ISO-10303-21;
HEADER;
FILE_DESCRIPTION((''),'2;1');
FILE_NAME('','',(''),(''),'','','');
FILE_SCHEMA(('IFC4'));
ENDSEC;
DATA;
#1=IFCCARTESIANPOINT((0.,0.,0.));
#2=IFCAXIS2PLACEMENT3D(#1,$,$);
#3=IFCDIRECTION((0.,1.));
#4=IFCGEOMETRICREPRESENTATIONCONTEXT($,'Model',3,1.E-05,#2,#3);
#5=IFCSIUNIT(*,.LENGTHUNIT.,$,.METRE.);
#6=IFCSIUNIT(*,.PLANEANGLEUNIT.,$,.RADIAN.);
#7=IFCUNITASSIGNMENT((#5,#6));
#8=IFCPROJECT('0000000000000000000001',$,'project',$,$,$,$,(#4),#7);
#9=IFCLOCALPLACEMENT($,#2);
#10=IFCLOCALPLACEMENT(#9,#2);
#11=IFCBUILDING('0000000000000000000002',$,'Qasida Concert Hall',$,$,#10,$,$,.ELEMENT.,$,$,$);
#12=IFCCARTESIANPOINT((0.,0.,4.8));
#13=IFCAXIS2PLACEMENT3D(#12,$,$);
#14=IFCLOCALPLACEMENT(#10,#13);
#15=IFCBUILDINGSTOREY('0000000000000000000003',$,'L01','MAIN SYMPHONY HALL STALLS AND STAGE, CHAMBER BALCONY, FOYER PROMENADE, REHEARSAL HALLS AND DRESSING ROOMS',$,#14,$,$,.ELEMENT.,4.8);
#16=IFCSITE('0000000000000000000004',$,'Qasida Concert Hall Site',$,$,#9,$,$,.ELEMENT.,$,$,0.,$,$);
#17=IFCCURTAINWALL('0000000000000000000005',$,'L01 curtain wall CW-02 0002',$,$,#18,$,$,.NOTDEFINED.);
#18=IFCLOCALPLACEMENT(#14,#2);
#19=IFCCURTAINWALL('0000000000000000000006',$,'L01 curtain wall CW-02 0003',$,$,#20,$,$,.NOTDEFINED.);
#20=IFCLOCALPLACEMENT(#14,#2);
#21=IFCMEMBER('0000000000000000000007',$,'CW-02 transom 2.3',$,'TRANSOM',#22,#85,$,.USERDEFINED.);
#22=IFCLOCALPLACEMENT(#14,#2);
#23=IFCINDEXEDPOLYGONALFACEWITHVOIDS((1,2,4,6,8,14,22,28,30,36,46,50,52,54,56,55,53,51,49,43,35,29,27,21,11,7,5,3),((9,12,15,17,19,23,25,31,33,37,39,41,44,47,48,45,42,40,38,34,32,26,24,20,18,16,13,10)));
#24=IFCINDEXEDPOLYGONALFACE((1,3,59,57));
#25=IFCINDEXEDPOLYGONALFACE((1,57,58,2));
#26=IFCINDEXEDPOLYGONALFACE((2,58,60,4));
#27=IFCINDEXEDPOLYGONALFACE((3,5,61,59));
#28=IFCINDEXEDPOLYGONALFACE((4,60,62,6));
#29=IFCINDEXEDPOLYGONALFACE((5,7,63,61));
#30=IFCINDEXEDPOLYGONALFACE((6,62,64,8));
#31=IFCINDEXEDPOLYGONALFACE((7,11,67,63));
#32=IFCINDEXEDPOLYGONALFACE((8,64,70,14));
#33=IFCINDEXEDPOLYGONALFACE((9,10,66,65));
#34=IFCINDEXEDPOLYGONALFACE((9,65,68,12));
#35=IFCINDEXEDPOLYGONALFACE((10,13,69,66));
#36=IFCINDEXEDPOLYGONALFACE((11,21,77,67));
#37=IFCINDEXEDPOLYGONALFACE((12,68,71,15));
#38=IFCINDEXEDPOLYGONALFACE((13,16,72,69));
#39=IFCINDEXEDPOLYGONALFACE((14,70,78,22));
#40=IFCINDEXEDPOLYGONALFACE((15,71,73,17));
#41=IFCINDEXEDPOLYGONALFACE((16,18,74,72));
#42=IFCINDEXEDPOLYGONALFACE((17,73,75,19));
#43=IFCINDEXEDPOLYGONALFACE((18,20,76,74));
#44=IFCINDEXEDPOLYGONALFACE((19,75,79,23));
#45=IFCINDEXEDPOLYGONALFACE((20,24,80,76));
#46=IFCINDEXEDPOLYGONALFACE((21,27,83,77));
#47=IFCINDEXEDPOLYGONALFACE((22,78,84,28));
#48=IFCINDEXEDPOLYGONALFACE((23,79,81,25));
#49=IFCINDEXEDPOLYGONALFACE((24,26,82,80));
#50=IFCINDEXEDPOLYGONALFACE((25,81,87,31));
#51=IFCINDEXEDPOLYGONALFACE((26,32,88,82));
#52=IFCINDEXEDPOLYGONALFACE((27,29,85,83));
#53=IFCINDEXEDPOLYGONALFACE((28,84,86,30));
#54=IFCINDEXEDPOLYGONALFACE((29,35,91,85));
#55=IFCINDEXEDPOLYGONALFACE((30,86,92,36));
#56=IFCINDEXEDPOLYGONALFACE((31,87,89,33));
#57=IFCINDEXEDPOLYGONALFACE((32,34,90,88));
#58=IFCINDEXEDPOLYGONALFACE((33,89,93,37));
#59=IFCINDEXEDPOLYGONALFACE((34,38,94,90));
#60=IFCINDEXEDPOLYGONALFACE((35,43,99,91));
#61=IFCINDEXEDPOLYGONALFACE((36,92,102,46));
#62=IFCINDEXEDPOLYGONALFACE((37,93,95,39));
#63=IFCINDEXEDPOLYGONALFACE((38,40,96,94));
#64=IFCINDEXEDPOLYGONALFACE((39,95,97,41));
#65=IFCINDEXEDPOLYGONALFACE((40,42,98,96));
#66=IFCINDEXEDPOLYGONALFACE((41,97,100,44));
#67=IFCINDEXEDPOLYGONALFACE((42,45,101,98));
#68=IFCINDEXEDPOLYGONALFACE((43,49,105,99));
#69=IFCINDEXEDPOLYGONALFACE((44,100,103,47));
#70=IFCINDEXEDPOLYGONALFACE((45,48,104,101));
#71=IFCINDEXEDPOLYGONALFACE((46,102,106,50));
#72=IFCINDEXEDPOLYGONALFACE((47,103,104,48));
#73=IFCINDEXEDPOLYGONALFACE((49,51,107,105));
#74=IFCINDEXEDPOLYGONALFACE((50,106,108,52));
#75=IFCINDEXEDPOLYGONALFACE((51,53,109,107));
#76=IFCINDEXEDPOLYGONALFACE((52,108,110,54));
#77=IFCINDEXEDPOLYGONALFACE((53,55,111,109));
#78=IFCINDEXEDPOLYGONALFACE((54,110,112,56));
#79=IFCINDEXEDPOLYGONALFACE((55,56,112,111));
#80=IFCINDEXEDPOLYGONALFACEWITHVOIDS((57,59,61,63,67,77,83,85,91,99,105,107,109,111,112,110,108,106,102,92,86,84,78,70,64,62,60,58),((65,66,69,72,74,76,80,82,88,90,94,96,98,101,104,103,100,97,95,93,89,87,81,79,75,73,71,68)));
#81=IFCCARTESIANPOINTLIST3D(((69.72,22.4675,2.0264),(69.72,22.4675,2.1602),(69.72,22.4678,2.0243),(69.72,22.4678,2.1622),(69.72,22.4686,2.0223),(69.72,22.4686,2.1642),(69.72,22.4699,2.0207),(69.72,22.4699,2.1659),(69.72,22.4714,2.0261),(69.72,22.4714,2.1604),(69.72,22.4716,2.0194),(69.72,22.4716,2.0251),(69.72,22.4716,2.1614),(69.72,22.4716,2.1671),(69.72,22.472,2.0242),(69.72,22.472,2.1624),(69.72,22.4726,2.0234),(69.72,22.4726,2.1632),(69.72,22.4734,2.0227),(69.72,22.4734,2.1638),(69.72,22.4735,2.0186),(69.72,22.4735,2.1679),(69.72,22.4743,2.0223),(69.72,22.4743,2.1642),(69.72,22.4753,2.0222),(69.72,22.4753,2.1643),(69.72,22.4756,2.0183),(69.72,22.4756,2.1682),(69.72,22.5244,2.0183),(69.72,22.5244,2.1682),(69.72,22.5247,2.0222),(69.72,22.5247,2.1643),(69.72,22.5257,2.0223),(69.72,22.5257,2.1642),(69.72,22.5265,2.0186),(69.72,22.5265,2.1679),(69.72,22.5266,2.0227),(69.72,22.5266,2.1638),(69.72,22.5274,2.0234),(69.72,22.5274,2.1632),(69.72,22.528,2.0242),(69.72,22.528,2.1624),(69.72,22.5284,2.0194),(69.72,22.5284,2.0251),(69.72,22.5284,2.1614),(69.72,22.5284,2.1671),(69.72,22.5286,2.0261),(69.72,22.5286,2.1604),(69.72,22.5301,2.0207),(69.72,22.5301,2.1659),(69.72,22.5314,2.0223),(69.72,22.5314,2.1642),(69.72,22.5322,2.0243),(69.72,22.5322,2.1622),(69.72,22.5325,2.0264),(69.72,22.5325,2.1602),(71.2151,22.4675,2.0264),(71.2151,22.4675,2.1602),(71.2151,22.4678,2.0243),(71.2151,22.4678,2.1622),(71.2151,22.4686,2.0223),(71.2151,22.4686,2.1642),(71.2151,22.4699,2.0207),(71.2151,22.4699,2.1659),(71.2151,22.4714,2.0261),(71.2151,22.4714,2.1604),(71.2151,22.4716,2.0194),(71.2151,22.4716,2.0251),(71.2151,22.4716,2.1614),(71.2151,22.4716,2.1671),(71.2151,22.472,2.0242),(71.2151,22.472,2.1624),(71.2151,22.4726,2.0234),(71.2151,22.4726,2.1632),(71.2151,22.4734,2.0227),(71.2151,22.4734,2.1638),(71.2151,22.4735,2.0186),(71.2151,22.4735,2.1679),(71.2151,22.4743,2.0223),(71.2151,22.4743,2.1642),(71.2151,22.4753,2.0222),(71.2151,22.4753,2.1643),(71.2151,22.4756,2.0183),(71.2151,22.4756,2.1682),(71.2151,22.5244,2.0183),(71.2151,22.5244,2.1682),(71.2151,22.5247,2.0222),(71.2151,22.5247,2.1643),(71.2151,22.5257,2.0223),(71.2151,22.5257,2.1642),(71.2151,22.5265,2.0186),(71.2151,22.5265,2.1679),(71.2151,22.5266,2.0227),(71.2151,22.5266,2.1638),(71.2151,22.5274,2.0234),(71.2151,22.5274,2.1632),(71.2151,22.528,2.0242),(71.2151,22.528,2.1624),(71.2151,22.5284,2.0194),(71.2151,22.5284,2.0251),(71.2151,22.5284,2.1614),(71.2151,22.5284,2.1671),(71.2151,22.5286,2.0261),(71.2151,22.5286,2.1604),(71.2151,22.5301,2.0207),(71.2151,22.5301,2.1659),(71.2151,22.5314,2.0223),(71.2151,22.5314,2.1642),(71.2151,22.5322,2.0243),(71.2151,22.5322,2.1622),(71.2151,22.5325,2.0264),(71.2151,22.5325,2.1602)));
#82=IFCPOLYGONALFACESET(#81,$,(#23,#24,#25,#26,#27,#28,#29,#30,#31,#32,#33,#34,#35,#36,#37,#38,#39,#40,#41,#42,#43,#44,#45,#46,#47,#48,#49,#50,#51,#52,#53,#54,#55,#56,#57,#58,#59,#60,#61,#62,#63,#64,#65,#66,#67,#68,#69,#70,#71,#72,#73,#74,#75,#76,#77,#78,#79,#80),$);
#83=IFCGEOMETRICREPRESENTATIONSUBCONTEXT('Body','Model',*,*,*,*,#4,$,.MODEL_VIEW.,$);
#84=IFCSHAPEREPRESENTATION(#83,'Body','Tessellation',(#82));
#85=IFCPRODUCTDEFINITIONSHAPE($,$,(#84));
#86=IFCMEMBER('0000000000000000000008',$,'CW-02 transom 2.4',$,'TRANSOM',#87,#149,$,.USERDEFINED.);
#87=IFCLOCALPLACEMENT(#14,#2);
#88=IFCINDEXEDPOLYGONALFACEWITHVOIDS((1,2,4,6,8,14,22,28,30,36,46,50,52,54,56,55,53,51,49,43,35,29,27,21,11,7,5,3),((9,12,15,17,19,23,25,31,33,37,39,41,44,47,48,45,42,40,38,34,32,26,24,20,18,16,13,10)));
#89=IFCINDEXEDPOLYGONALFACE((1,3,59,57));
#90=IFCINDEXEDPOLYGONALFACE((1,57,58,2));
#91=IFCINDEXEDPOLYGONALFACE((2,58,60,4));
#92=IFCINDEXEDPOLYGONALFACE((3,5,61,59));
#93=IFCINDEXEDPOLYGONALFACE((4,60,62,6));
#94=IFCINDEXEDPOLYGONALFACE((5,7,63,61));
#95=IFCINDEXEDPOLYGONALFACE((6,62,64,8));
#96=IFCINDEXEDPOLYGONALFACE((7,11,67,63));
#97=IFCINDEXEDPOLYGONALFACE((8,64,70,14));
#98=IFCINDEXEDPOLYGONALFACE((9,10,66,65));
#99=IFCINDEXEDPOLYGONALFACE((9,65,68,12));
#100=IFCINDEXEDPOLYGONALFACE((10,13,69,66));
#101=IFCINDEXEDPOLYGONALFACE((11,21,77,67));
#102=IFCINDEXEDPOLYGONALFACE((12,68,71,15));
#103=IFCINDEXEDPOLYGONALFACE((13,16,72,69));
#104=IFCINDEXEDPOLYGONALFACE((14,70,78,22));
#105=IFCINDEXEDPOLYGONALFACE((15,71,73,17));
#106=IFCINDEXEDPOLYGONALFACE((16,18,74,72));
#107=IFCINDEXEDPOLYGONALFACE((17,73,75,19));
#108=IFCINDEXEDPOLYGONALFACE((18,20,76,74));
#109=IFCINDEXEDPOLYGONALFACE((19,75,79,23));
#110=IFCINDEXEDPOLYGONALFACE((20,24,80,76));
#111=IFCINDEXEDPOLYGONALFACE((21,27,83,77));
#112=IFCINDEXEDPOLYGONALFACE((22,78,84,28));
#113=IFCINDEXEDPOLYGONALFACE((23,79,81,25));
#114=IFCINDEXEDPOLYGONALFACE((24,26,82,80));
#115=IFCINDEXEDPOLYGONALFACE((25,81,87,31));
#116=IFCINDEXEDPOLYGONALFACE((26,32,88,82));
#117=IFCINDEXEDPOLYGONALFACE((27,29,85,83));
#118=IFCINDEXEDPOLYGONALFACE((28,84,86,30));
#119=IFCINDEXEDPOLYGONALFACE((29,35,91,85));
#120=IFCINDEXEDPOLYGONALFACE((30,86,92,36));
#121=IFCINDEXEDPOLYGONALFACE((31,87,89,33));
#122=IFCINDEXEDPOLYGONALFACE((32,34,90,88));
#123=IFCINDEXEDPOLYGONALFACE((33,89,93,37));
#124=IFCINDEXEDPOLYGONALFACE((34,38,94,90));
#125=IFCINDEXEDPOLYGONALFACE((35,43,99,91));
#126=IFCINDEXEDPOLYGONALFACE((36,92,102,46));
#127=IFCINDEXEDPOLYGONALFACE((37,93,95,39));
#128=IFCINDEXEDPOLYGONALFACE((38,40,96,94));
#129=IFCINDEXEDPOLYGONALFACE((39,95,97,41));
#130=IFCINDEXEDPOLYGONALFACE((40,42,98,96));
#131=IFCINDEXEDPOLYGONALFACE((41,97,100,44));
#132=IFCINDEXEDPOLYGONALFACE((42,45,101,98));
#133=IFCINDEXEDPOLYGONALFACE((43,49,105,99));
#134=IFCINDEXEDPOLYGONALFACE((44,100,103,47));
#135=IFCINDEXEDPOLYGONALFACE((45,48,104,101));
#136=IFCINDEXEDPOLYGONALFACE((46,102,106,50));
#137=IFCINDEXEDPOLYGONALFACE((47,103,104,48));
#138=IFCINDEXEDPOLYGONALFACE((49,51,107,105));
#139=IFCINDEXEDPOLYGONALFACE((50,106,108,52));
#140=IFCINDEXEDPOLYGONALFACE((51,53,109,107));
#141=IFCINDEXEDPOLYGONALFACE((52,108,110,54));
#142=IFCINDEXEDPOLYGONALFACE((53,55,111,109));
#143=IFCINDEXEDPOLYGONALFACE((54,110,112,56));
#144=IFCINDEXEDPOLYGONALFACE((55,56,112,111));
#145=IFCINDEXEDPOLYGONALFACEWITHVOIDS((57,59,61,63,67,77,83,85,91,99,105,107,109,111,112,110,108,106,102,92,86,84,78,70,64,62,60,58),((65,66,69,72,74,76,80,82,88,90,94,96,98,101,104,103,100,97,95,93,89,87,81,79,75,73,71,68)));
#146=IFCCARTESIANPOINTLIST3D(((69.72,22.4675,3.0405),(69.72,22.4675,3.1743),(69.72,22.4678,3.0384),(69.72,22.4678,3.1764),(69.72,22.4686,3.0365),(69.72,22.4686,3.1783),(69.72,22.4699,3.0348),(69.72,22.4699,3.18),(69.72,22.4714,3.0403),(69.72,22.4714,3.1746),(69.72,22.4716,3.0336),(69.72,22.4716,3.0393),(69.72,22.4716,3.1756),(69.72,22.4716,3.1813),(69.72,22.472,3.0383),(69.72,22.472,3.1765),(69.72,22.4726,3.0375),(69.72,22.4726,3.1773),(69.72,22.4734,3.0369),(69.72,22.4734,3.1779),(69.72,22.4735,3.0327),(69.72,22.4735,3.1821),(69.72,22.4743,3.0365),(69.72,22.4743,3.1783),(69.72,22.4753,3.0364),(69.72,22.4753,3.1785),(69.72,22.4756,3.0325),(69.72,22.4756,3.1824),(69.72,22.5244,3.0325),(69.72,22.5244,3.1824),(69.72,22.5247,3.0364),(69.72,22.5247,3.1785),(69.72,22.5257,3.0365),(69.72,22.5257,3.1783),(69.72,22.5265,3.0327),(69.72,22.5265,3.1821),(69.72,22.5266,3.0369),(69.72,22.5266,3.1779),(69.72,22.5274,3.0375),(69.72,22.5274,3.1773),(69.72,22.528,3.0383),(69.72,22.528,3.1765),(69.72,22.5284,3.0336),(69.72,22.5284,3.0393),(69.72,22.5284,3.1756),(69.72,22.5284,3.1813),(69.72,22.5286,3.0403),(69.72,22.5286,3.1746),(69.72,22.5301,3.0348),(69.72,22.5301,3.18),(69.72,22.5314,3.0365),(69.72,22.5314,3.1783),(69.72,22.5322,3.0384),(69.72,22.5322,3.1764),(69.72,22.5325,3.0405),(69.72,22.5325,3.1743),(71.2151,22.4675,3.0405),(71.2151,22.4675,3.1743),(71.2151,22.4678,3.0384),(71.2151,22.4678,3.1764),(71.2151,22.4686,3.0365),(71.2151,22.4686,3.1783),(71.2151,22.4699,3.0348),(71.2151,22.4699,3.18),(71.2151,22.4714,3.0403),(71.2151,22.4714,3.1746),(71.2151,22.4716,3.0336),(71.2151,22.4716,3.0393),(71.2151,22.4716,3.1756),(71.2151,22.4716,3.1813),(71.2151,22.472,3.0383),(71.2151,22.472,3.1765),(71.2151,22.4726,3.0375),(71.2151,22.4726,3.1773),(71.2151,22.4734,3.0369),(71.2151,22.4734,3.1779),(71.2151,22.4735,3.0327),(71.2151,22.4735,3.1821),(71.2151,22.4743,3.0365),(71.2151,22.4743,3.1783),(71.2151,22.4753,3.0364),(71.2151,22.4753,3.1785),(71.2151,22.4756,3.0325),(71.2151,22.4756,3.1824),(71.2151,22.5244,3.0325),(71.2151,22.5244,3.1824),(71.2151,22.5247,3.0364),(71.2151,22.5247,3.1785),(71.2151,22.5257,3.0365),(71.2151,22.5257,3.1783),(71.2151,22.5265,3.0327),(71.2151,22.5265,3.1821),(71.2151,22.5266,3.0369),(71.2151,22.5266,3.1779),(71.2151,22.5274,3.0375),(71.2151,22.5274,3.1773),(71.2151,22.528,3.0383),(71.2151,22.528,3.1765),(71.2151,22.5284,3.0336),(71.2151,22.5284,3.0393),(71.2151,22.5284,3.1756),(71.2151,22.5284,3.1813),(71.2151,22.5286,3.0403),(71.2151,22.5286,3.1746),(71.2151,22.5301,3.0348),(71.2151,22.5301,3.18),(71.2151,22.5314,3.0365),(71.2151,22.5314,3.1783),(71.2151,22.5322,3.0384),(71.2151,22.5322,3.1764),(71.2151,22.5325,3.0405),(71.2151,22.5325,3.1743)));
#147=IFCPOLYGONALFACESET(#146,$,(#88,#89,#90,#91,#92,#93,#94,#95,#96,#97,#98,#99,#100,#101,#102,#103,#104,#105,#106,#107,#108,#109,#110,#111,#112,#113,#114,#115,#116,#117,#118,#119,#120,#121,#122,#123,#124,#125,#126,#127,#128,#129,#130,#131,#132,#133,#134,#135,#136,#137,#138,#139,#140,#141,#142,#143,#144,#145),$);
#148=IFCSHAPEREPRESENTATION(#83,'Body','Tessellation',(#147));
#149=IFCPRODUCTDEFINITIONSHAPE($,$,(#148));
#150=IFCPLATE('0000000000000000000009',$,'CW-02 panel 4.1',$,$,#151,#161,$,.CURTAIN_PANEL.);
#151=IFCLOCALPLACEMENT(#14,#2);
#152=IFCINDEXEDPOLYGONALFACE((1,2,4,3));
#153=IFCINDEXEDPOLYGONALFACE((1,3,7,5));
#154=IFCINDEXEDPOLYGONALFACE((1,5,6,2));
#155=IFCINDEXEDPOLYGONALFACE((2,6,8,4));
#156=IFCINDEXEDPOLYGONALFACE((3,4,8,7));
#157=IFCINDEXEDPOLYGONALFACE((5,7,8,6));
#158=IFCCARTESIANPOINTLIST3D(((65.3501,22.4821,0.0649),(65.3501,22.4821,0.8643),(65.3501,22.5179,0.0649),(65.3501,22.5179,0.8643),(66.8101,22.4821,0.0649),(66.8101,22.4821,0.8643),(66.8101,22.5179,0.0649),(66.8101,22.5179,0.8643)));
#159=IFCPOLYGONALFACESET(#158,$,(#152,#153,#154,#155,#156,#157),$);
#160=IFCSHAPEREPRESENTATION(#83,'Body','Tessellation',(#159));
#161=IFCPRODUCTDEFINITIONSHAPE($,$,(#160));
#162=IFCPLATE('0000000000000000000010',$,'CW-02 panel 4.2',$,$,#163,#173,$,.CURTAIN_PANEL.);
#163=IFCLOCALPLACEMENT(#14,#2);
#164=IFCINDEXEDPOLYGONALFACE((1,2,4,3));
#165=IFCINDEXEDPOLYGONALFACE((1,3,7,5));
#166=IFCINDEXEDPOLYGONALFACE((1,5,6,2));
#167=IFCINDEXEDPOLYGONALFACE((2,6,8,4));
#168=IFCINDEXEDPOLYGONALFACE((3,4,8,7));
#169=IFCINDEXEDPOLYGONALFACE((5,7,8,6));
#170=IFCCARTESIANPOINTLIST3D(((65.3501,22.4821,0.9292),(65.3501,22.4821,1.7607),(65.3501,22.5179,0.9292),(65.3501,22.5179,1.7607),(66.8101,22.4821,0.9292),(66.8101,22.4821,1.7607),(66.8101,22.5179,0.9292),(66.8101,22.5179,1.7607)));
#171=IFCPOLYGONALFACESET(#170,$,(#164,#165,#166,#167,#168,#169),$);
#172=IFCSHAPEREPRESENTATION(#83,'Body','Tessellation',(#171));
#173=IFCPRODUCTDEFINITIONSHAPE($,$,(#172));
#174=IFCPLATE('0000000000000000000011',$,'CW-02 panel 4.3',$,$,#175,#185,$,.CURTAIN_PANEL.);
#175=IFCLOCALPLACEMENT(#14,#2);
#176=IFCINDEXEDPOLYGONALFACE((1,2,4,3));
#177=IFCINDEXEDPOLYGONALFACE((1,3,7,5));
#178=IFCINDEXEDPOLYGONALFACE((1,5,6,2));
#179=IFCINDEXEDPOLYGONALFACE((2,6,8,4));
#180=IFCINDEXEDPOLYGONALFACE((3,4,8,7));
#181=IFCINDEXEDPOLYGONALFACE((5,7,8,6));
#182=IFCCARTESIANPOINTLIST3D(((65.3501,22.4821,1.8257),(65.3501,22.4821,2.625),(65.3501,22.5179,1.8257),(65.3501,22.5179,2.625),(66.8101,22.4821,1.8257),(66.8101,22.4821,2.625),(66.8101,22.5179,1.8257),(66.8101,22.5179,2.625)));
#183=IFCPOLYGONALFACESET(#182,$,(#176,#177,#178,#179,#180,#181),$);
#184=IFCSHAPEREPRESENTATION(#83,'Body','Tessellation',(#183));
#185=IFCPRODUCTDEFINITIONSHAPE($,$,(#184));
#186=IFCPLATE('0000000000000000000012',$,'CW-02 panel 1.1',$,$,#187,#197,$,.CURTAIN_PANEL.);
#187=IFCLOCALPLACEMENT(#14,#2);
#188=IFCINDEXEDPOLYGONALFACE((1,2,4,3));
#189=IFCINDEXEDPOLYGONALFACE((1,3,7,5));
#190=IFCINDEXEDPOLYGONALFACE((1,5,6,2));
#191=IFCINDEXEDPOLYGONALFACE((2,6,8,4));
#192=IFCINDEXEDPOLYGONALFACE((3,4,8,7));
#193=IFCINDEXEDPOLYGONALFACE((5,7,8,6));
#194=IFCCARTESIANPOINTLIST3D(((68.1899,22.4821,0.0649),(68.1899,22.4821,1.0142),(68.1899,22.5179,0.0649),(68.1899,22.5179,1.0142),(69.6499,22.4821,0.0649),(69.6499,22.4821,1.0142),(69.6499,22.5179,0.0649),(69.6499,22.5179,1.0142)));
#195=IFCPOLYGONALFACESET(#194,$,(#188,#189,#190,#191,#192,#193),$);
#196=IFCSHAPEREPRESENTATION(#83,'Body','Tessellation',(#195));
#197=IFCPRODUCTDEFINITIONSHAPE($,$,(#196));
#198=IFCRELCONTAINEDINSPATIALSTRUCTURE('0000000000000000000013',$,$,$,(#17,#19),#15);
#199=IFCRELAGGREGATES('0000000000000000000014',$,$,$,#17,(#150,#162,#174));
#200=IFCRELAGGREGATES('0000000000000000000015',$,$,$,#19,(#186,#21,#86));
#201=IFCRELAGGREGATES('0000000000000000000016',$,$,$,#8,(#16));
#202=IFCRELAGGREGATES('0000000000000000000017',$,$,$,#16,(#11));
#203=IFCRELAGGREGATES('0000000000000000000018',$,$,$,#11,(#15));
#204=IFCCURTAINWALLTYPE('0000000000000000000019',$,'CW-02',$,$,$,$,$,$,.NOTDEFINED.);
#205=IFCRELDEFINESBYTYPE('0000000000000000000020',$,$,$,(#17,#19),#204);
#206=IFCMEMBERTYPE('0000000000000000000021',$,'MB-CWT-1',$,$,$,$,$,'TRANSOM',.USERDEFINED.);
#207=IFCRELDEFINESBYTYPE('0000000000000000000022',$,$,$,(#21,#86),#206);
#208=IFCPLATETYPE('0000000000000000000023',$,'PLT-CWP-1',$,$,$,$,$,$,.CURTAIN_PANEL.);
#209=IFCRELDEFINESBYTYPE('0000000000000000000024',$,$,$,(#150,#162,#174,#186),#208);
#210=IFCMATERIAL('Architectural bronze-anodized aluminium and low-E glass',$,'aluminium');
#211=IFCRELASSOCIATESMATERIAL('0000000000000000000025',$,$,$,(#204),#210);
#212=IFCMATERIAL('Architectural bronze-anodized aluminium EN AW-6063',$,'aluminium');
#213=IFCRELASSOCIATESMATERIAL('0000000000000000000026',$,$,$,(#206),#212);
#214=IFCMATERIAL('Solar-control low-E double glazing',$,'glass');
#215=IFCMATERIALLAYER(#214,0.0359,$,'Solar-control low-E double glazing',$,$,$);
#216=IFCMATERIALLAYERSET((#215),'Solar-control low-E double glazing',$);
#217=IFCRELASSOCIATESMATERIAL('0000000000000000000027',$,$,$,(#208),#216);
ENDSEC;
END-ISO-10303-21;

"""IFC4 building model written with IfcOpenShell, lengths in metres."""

from ifc_helpers import new_model, si_unit, direction, frame, origin, origin_2d, place, context, subcontext, project, spatial, rectangle, hollow_rectangle, extrude, material, layer, layer_set, material_profile, profile_set, type_object, element, aggregate, save


model = new_model("IFC4")

# Units and contexts
model_context = context("Model", 3, precision=1e-05, world=origin(), true_north=direction((0.0, 1.0)))
body_context = subcontext(model_context, "Body", "Model", "MODEL_VIEW")
ifc_project = project(units=[si_unit("LENGTHUNIT", "METRE"), si_unit("PLANEANGLEUNIT", "RADIAN")], contexts=[model_context])

# Site, building, storey
site_placement = place(None, origin())
site = spatial("IfcSite", under=ifc_project, at=site_placement, Name="Qasida Concert Hall Site", CompositionType="ELEMENT", RefElevation=0.0)
building_placement = place(site_placement, origin())
building = spatial("IfcBuilding", under=site, at=building_placement, Name="Qasida Concert Hall", CompositionType="ELEMENT")
storey_placement = place(building_placement, frame((0.0, 0.0, 4.8)))
storey = spatial("IfcBuildingStorey", under=building, at=storey_placement, Name="L01", Description="MAIN SYMPHONY HALL STALLS AND STAGE, CHAMBER BALCONY, FOYER PROMENADE, REHEARSAL HALLS AND DRESSING ROOMS", CompositionType="ELEMENT", Elevation=4.8)

# Curtain wall
ifc_material_1 = material(Name="Architectural bronze-anodized aluminium and low-E glass", Category="aluminium")
curtain_wall_type = type_object("IfcCurtainWallType", Name="CW-02", PredefinedType="NOTDEFINED", material=ifc_material_1)
curtain_wall_1_placement = place(storey_placement, origin())
curtain_wall_1 = element("IfcCurtainWall", 1, at=curtain_wall_1_placement, inside=storey, type_object=curtain_wall_type, Name="L01 curtain wall CW-02 0002", PredefinedType="NOTDEFINED")
ifc_material_2 = material(Name="Architectural bronze-anodized aluminium EN AW-6063", Category="aluminium")

# Curtain wall
curtain_wall_2_placement = place(storey_placement, origin())
curtain_wall_2 = element("IfcCurtainWall", 2, at=curtain_wall_2_placement, inside=storey, type_object=curtain_wall_type, Name="L01 curtain wall CW-02 0003", PredefinedType="NOTDEFINED")

# Members
ifc_material_profile_1 = material_profile(ifc_material_2, hollow_rectangle(XDim=0.0649, YDim=0.1499, WallThickness=0.0039, InnerFilletRadius=0.0039, OuterFilletRadius=0.0081, at=origin_2d()), Name="CWT 150x65x4")
ifc_profile_set_1 = profile_set([ifc_material_profile_1], Name="Architectural bronze-anodized aluminium EN AW-6063")
member_type_1 = type_object("IfcMemberType", Name="MB-CWT-1", ElementType="TRANSOM", PredefinedType="USERDEFINED", material=ifc_profile_set_1)
member_1_placement = place(storey_placement, frame((69.72, 22.5, 2.0933), z_axis=(1.0, 0.0, 0.0), x_axis=(0.0, 1.0, 0.0)))
member_1 = element("IfcMember", 3, at=member_1_placement, type_object=member_type_1, Name="CW-02 transom 2.3", ObjectType="TRANSOM", PredefinedType="USERDEFINED", context=body_context, shape_type="SweptSolid", body=[
    extrude(hollow_rectangle(XDim=0.0649, YDim=0.1499, WallThickness=0.0039, InnerFilletRadius=0.0039, OuterFilletRadius=0.0081, at=origin_2d()), origin(), (0.0, 0.0, 1.0), 1.4951),
])
member_2_placement = place(storey_placement, frame((69.72, 22.5, 3.1074), z_axis=(1.0, 0.0, 0.0), x_axis=(0.0, 1.0, 0.0)))
member_2 = element("IfcMember", 4, at=member_2_placement, type_object=member_type_1, Name="CW-02 transom 2.4", ObjectType="TRANSOM", PredefinedType="USERDEFINED", context=body_context, shape_type="SweptSolid", body=[
    extrude(hollow_rectangle(XDim=0.0649, YDim=0.1499, WallThickness=0.0039, InnerFilletRadius=0.0039, OuterFilletRadius=0.0081, at=origin_2d()), origin(), (0.0, 0.0, 1.0), 1.4951),
])

# Plates
ifc_material_3 = material(Name="Solar-control low-E double glazing", Category="glass")
ifc_layer_1 = layer(ifc_material_3, 0.0359, Name="Solar-control low-E double glazing")
ifc_layer_set_1 = layer_set([ifc_layer_1], Name="Solar-control low-E double glazing")
plate_type = type_object("IfcPlateType", Name="PLT-CWP-1", PredefinedType="CURTAIN_PANEL", material=ifc_layer_set_1)
plate_1_placement = place(storey_placement, frame((66.0801, 22.5, 0.0649), z_axis=(0.0, 0.0, 1.0), x_axis=(1.0, 0.0, 0.0)))
plate_1 = element("IfcPlate", 5, at=plate_1_placement, type_object=plate_type, Name="CW-02 panel 4.1", PredefinedType="CURTAIN_PANEL", context=body_context, shape_type="SweptSolid", body=[
    extrude(rectangle(XDim=1.46, YDim=0.0359, at=origin_2d()), origin(), (0.0, 0.0, 1.0), 0.7993),
])
plate_2_placement = place(storey_placement, frame((66.0801, 22.5, 0.9292), z_axis=(0.0, 0.0, 1.0), x_axis=(1.0, 0.0, 0.0)))
plate_2 = element("IfcPlate", 6, at=plate_2_placement, type_object=plate_type, Name="CW-02 panel 4.2", PredefinedType="CURTAIN_PANEL", context=body_context, shape_type="SweptSolid", body=[
    extrude(rectangle(XDim=1.46, YDim=0.0359, at=origin_2d()), origin(), (0.0, 0.0, 1.0), 0.8315),
])
plate_3_placement = place(storey_placement, frame((66.0801, 22.5, 1.8257), z_axis=(0.0, 0.0, 1.0), x_axis=(1.0, 0.0, 0.0)))
plate_3 = element("IfcPlate", 7, at=plate_3_placement, type_object=plate_type, Name="CW-02 panel 4.3", PredefinedType="CURTAIN_PANEL", context=body_context, shape_type="SweptSolid", body=[
    extrude(rectangle(XDim=1.46, YDim=0.0359, at=origin_2d()), origin(), (0.0, 0.0, 1.0), 0.7993),
])
aggregate(curtain_wall_1, [plate_1, plate_2, plate_3])
plate_4_placement = place(storey_placement, frame((68.9199, 22.5, 0.0649), z_axis=(0.0, 0.0, 1.0), x_axis=(1.0, 0.0, 0.0)))
plate_4 = element("IfcPlate", 8, at=plate_4_placement, type_object=plate_type, Name="CW-02 panel 1.1", PredefinedType="CURTAIN_PANEL", context=body_context, shape_type="SweptSolid", body=[
    extrude(rectangle(XDim=1.46, YDim=0.0359, at=origin_2d()), origin(), (0.0, 0.0, 1.0), 0.9492),
])
aggregate(curtain_wall_2, [plate_4, member_1, member_2])

save(model, "model.ifc")
